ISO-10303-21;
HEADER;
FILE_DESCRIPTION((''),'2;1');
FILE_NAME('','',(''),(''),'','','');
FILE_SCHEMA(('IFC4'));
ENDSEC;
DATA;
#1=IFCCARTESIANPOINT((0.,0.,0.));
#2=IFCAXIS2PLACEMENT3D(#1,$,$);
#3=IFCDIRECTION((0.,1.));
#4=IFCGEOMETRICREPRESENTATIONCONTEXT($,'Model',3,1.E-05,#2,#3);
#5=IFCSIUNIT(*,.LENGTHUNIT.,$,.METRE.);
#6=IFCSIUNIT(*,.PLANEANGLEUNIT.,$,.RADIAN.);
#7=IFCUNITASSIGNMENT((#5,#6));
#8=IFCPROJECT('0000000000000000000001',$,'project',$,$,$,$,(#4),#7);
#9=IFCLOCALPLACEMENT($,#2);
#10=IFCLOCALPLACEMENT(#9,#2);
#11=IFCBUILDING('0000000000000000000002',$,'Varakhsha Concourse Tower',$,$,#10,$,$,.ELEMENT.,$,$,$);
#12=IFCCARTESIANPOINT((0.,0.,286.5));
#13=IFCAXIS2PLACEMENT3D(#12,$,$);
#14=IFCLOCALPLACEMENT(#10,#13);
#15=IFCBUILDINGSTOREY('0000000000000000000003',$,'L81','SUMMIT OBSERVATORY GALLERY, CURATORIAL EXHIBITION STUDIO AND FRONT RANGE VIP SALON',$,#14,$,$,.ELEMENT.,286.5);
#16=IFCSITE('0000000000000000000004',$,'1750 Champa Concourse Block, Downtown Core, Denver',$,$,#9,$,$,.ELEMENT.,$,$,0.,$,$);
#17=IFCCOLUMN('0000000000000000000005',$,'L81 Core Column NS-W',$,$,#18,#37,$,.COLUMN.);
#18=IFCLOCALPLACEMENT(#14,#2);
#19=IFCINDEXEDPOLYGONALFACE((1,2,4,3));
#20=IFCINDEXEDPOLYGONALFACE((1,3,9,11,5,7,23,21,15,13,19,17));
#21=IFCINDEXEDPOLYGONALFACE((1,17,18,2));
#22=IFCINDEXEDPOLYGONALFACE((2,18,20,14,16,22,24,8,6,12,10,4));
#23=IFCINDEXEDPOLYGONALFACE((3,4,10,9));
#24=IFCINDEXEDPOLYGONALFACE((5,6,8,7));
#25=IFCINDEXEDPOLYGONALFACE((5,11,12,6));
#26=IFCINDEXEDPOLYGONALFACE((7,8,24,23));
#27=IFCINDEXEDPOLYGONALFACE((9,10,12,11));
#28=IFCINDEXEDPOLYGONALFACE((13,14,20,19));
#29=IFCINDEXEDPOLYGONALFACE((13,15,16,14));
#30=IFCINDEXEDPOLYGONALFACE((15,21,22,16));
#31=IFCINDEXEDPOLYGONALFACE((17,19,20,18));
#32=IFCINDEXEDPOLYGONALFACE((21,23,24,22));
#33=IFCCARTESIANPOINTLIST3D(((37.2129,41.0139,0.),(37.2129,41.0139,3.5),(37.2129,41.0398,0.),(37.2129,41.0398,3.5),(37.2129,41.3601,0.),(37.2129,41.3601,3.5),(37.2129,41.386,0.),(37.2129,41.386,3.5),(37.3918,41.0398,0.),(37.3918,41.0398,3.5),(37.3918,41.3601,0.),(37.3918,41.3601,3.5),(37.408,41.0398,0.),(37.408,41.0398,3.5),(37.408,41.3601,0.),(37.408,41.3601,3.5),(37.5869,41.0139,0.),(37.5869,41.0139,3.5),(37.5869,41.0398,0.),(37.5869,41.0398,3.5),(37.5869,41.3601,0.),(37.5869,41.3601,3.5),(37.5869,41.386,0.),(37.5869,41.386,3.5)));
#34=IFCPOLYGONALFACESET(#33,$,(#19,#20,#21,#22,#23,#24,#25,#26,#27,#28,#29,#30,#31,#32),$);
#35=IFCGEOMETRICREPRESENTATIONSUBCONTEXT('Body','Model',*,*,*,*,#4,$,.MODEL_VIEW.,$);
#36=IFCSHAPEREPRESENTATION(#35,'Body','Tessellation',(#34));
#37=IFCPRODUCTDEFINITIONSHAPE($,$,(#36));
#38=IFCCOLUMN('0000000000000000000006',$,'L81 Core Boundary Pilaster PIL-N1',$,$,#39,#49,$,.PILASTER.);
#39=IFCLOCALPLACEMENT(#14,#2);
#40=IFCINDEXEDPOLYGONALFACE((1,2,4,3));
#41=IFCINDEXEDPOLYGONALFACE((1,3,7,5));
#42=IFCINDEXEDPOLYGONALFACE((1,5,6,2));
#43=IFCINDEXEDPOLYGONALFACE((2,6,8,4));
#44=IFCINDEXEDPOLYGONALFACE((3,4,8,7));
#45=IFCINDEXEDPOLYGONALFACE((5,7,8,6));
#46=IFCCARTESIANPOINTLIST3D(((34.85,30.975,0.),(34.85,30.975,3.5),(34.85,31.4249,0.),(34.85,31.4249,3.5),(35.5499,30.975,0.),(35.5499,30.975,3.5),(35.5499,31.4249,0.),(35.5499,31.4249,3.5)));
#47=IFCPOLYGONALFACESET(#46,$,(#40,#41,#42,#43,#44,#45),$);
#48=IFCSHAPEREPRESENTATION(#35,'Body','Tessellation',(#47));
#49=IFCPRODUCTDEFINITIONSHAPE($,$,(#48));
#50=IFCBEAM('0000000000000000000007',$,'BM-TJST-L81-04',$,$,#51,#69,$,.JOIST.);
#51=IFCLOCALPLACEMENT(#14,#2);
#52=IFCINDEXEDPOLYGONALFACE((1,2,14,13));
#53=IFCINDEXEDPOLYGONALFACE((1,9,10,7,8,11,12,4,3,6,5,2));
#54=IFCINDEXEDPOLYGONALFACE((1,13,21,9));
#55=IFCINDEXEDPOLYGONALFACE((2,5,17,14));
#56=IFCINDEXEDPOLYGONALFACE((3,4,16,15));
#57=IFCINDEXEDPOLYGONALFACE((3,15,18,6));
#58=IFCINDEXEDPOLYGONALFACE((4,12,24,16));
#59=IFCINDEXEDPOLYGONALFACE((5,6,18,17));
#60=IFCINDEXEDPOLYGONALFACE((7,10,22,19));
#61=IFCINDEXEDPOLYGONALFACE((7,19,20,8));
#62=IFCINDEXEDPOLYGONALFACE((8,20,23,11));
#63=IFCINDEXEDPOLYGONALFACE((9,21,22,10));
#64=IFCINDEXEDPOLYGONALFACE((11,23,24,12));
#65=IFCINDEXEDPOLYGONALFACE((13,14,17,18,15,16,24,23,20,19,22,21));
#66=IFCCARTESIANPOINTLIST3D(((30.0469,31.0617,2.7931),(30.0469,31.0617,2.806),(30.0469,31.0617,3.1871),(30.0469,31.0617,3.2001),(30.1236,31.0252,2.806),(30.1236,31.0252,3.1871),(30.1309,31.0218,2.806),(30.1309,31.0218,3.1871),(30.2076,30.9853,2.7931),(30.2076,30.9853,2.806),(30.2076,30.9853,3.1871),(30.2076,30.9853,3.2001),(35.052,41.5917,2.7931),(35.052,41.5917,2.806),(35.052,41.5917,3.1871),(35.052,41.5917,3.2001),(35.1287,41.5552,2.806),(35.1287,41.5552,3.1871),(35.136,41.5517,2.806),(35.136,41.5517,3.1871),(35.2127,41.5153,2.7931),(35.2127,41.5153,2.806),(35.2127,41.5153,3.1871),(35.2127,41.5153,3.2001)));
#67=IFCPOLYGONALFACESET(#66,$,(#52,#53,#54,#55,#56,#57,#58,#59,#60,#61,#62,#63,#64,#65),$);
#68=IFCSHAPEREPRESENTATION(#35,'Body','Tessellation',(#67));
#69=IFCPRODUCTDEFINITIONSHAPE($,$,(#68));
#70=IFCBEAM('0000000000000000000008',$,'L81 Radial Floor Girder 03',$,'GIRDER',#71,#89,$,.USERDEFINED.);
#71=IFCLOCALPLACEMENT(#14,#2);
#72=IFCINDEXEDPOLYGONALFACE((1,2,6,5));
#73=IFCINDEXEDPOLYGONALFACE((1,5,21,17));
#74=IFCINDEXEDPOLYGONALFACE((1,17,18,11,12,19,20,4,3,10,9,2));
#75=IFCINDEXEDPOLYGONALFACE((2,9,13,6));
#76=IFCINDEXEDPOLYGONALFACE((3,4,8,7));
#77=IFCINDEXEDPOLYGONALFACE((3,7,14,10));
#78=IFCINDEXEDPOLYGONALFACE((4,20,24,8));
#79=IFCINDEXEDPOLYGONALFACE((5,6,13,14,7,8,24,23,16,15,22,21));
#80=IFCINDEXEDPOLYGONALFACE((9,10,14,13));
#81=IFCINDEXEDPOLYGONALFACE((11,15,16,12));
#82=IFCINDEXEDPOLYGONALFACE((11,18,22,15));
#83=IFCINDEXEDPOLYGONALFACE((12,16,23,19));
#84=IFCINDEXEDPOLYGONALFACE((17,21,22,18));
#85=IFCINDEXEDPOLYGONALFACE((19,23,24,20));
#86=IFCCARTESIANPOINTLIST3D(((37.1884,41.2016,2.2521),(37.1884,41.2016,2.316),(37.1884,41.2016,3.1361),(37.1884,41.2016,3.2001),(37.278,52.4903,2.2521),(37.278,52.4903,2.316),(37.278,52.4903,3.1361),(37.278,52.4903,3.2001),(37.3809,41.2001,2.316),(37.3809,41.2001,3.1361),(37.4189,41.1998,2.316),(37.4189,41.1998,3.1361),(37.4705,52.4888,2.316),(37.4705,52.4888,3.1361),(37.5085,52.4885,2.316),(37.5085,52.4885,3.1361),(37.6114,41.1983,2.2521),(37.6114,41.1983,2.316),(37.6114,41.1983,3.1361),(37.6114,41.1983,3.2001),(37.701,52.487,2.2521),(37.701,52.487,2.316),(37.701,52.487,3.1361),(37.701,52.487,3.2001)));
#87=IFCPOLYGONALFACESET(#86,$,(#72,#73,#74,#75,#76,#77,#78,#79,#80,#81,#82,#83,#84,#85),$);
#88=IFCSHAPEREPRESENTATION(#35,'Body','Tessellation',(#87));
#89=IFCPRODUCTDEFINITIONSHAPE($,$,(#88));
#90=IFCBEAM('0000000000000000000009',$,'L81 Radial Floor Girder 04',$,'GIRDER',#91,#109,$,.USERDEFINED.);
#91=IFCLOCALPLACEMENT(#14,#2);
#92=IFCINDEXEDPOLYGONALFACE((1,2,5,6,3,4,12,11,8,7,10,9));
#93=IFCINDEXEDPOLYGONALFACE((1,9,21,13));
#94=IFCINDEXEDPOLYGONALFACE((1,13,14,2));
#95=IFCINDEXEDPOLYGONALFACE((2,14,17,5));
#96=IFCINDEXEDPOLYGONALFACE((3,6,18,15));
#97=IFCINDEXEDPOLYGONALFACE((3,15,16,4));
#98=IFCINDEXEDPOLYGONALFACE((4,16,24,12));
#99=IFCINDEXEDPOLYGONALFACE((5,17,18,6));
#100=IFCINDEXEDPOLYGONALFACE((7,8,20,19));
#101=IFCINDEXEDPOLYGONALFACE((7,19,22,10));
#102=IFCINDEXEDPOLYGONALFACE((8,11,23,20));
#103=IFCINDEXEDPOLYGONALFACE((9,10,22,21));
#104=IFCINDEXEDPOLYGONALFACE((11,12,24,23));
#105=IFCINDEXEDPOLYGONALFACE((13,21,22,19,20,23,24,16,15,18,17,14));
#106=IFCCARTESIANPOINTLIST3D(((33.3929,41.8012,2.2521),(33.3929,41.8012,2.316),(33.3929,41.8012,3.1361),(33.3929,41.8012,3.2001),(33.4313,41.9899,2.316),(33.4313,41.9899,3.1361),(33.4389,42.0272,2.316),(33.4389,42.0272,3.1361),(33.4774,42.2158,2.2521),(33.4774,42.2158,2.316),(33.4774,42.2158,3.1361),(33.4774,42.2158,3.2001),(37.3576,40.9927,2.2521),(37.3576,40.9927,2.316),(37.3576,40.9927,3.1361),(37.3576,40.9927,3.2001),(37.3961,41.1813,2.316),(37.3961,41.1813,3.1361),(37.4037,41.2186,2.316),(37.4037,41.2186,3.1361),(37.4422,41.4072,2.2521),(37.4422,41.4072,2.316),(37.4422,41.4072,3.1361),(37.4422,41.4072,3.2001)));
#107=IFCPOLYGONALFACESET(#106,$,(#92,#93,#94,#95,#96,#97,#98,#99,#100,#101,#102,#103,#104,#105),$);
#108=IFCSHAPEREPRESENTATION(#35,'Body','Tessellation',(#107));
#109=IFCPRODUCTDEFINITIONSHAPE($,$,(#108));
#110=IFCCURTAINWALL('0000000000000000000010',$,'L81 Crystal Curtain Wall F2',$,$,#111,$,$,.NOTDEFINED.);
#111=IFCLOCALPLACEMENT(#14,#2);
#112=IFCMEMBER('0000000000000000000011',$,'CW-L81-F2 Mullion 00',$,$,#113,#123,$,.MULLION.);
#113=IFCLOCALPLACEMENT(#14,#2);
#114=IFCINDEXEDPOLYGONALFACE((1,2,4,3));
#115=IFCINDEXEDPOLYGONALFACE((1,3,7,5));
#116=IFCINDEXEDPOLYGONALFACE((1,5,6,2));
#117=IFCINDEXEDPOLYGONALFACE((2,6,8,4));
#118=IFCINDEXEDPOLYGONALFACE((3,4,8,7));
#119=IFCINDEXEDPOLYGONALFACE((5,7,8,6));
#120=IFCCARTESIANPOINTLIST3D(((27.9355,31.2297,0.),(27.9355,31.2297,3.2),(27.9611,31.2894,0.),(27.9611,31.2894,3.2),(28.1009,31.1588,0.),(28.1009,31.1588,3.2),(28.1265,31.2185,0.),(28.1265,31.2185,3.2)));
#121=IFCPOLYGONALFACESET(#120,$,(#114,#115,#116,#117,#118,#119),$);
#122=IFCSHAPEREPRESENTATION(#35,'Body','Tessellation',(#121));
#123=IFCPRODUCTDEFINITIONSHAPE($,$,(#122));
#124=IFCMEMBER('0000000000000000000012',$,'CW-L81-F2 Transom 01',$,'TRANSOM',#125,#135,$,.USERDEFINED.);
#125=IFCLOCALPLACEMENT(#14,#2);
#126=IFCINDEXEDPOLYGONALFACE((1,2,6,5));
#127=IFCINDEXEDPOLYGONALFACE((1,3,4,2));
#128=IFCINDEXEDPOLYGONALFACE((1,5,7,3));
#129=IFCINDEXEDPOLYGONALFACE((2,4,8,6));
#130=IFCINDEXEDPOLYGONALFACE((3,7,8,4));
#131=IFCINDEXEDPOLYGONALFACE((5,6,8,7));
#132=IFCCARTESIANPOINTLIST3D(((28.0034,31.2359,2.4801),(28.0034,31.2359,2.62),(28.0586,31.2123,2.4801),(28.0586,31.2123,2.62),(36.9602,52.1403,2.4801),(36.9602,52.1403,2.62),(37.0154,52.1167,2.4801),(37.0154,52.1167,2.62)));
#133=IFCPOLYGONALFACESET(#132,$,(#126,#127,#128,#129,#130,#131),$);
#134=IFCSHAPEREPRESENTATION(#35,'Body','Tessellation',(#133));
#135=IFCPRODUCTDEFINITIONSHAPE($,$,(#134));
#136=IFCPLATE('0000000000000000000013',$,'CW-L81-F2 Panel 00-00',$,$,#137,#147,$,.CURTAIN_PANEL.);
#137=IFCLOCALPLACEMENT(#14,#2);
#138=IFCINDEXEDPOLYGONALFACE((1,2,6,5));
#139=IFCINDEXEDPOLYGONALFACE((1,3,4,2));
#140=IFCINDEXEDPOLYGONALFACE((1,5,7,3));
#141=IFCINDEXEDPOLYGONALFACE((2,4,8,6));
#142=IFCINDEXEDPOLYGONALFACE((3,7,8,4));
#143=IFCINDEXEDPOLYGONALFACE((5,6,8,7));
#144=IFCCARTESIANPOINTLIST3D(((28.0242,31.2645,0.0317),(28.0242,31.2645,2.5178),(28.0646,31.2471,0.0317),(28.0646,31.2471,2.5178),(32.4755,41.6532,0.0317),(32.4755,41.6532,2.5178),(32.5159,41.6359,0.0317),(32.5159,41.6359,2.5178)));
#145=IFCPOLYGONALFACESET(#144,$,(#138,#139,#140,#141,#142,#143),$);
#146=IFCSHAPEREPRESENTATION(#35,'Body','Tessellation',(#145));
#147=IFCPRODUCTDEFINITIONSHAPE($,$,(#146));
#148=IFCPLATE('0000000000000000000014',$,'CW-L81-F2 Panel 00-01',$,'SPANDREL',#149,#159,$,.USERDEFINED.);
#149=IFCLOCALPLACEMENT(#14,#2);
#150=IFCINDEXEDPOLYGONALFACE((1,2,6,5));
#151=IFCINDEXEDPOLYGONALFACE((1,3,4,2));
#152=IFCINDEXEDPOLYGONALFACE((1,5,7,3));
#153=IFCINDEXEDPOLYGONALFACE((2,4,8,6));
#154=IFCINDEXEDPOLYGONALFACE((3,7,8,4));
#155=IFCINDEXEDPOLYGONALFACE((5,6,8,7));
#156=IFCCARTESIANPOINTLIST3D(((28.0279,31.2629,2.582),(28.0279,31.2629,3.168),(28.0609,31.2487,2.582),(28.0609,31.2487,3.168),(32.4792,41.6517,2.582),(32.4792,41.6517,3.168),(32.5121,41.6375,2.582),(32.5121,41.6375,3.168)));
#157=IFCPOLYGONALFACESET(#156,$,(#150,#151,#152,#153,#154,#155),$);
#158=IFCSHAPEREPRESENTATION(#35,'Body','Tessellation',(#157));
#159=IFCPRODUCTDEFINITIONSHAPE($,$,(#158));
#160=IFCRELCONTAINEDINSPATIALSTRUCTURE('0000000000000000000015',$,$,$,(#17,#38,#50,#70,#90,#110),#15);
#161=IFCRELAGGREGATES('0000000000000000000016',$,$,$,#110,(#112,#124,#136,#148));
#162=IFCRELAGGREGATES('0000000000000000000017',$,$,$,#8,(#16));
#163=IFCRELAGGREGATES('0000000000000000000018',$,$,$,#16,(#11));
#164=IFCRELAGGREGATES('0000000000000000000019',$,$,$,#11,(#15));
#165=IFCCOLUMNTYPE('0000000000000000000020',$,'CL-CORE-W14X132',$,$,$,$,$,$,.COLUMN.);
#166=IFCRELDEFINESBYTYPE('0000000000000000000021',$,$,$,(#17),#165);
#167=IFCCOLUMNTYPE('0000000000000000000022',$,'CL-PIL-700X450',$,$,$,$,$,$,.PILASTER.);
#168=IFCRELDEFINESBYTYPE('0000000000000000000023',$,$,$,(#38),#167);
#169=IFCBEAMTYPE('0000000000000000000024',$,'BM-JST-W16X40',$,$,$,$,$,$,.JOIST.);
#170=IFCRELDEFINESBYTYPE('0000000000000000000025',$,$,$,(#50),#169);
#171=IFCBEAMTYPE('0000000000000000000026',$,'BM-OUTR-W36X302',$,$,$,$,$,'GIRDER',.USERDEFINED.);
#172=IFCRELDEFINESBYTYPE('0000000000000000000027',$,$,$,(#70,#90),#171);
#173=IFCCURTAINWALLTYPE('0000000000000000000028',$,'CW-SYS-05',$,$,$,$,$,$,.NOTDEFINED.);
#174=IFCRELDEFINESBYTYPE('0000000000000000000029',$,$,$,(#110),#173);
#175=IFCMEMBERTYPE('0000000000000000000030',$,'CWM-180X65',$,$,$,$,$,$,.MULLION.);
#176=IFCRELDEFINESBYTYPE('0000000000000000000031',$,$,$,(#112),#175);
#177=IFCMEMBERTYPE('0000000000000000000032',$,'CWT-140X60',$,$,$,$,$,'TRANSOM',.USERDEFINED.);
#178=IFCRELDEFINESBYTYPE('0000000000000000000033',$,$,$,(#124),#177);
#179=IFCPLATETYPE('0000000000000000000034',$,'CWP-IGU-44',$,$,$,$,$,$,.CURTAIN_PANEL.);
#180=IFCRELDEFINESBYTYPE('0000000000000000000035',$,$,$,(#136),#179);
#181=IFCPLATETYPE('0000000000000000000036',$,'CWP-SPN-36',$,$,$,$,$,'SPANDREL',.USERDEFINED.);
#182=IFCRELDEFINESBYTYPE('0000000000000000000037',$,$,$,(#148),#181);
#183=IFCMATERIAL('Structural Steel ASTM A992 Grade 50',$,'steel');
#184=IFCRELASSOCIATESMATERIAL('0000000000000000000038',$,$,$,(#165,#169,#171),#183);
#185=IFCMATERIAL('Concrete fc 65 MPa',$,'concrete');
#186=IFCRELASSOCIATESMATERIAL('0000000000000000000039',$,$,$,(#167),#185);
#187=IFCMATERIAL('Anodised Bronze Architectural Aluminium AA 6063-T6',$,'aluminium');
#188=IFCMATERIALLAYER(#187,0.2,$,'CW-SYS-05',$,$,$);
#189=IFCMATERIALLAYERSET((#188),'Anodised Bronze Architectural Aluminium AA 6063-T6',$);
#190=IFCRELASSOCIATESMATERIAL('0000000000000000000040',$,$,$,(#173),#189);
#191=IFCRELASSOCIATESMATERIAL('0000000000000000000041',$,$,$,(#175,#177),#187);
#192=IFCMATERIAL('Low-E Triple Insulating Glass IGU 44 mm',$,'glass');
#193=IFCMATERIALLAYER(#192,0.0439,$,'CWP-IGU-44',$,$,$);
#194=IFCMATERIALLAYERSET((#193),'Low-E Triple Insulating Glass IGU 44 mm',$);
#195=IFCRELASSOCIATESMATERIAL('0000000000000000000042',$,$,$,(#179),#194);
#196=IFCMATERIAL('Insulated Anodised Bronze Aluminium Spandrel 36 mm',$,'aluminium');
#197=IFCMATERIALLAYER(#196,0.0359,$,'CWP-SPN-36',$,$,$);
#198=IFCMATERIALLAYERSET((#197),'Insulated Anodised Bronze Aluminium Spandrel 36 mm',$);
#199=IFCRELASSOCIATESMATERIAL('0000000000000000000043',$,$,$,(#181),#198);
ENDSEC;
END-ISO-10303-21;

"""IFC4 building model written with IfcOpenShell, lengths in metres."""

from ifc_helpers import new_model, si_unit, direction, frame, origin, origin_2d, place, context, subcontext, project, spatial, rectangle, i_section, extrude, source, transform, mapped, material, layer, layer_set, material_profile, profile_set, type_object, type_shapes, element, aggregate, save


model = new_model("IFC4")

# Units and contexts
model_context = context("Model", 3, precision=1e-05, world=origin(), true_north=direction((0.0, 1.0)))
body_context = subcontext(model_context, "Body", "Model", "MODEL_VIEW")
ifc_project = project(units=[si_unit("LENGTHUNIT", "METRE"), si_unit("PLANEANGLEUNIT", "RADIAN")], contexts=[model_context])

# Site, building, storey
site_placement = place(None, origin())
site = spatial("IfcSite", under=ifc_project, at=site_placement, Name="1750 Champa Concourse Block, Downtown Core, Denver", CompositionType="ELEMENT", RefElevation=0.0)
building_placement = place(site_placement, origin())
building = spatial("IfcBuilding", under=site, at=building_placement, Name="Varakhsha Concourse Tower", CompositionType="ELEMENT")
storey_placement = place(building_placement, frame((0.0, 0.0, 286.5)))
storey = spatial("IfcBuildingStorey", under=building, at=storey_placement, Name="L81", Description="SUMMIT OBSERVATORY GALLERY, CURATORIAL EXHIBITION STUDIO AND FRONT RANGE VIP SALON", CompositionType="ELEMENT", Elevation=286.5)

# Columns
ifc_material_1 = material(Name="Structural Steel ASTM A992 Grade 50", Category="steel")
ifc_material_profile_1 = material_profile(ifc_material_1, i_section(OverallWidth=0.374, OverallDepth=0.3721, WebThickness=0.0161, FlangeThickness=0.0259, at=origin_2d()), Name="W14X132")
ifc_profile_set_1 = profile_set([ifc_material_profile_1], Name="Structural Steel ASTM A992 Grade 50")
column_type_1 = type_object("IfcColumnType", Name="CL-CORE-W14X132", PredefinedType="COLUMN", material=ifc_profile_set_1)
column_1_placement = place(storey_placement, frame((37.3999, 41.2, 0.0), z_axis=(0.0, 0.0, 1.0), x_axis=(1.0, 0.0, 0.0)))
element("IfcColumn", 1, at=column_1_placement, inside=storey, type_object=column_type_1, Name="L81 Core Column NS-W", PredefinedType="COLUMN", context=body_context, shape_type="SweptSolid", body=[
    extrude(i_section(OverallWidth=0.374, OverallDepth=0.3721, WebThickness=0.0161, FlangeThickness=0.0259, at=origin_2d()), origin(), (0.0, 0.0, 1.0), 3.5),
])
ifc_material_2 = material(Name="Concrete fc 65 MPa", Category="concrete")
ifc_material_profile_2 = material_profile(ifc_material_2, rectangle(XDim=0.7, YDim=0.45, at=origin_2d()), Name="RC 700x450")
ifc_profile_set_2 = profile_set([ifc_material_profile_2], Name="Concrete fc 65 MPa")
column_type_2 = type_object("IfcColumnType", Name="CL-PIL-700X450", PredefinedType="PILASTER", material=ifc_profile_set_2)
column_2_placement = place(storey_placement, frame((35.2, 31.2, 0.0), z_axis=(0.0, 0.0, 1.0), x_axis=(1.0, 0.0, 0.0)))
element("IfcColumn", 2, at=column_2_placement, inside=storey, type_object=column_type_2, Name="L81 Core Boundary Pilaster PIL-N1", PredefinedType="PILASTER", context=body_context, shape_type="SweptSolid", body=[
    extrude(rectangle(XDim=0.7, YDim=0.45, at=origin_2d()), origin(), (0.0, 0.0, 1.0), 3.5),
])

# Beams
ifc_material_profile_3 = material_profile(ifc_material_1, i_section(OverallWidth=0.178, OverallDepth=0.407, WebThickness=0.0081, FlangeThickness=0.0129, at=origin_2d()), Name="W16X40")
ifc_profile_set_3 = profile_set([ifc_material_profile_3], Name="Structural Steel ASTM A992 Grade 50")
beam_type_1 = type_object("IfcBeamType", Name="BM-JST-W16X40", PredefinedType="JOIST", material=ifc_profile_set_3)
beam_1_placement = place(storey_placement, frame((35.1323, 41.5535, 2.9966), z_axis=(-0.429292, -0.903166, 0.0), x_axis=(0.903166, -0.429292, 0.0)))
element("IfcBeam", 3, at=beam_1_placement, inside=storey, type_object=beam_type_1, Name="BM-TJST-L81-04", PredefinedType="JOIST", context=body_context, shape_type="SweptSolid", body=[
    extrude(i_section(OverallWidth=0.178, OverallDepth=0.407, WebThickness=0.0081, FlangeThickness=0.0129, at=origin_2d()), origin(), (0.0, 0.0, 1.0), 11.6589),
])
ifc_material_profile_4 = material_profile(ifc_material_1, i_section(OverallWidth=0.4231, OverallDepth=0.948, WebThickness=0.0381, FlangeThickness=0.064, at=origin_2d()), Name="W36X302")
ifc_profile_set_4 = profile_set([ifc_material_profile_4], Name="Structural Steel ASTM A992 Grade 50")
beam_type_2 = type_object("IfcBeamType", Name="BM-OUTR-W36X302", ElementType="GIRDER", PredefinedType="USERDEFINED", material=ifc_profile_set_4)
beam_2_placement = place(storey_placement, frame((37.3999, 41.2, 2.7261), z_axis=(0.007937, 0.999969, 0.0), x_axis=(-0.999969, 0.007937, 0.0)))
element("IfcBeam", 4, at=beam_2_placement, inside=storey, type_object=beam_type_2, Name="L81 Radial Floor Girder 03", ObjectType="GIRDER", PredefinedType="USERDEFINED", context=body_context, shape_type="SweptSolid", body=[
    extrude(i_section(OverallWidth=0.4231, OverallDepth=0.948, WebThickness=0.0381, FlangeThickness=0.064, at=origin_2d()), origin(), (0.0, 0.0, 1.0), 11.2891),
])
beam_3_placement = place(storey_placement, frame((37.3999, 41.2, 2.7261), z_axis=(-0.979831, 0.199828, 0.0), x_axis=(-0.199828, -0.979831, 0.0)))
element("IfcBeam", 5, at=beam_3_placement, inside=storey, type_object=beam_type_2, Name="L81 Radial Floor Girder 04", ObjectType="GIRDER", PredefinedType="USERDEFINED", context=body_context, shape_type="SweptSolid", body=[
    extrude(i_section(OverallWidth=0.4231, OverallDepth=0.948, WebThickness=0.0381, FlangeThickness=0.064, at=origin_2d()), origin(), (0.0, 0.0, 1.0), 4.0464),
])

# Curtain wall, members, plates
ifc_material_3 = material(Name="Anodised Bronze Architectural Aluminium AA 6063-T6", Category="aluminium")
ifc_layer_1 = layer(ifc_material_3, 0.2, Name="CW-SYS-05")
ifc_layer_set_1 = layer_set([ifc_layer_1], Name="Anodised Bronze Architectural Aluminium AA 6063-T6")
curtain_wall_type = type_object("IfcCurtainWallType", Name="CW-SYS-05", PredefinedType="NOTDEFINED", material=ifc_layer_set_1)
curtain_wall_placement = place(storey_placement, origin())
curtain_wall = element("IfcCurtainWall", 6, at=curtain_wall_placement, inside=storey, type_object=curtain_wall_type, Name="L81 Crystal Curtain Wall F2", PredefinedType="NOTDEFINED")
ifc_material_profile_5 = material_profile(ifc_material_3, rectangle(XDim=0.0649, YDim=0.1799, at=origin_2d()), Name="CWM-180X65")
ifc_profile_set_5 = profile_set([ifc_material_profile_5], Name="Anodised Bronze Architectural Aluminium AA 6063-T6")
member_type_1 = type_object("IfcMemberType", Name="CWM-180X65", PredefinedType="MULLION", material=ifc_profile_set_5)
shared_shape_1 = source(origin(), body_context, "Body", "SweptSolid", [
    extrude(rectangle(XDim=0.0649, YDim=0.1799, at=origin_2d()), origin(), (0.0, 0.0, 1.0), 3.2),
])
type_shapes(member_type_1, [shared_shape_1])
member_1_placement = place(storey_placement, frame((28.031, 31.2241, 0.0), z_axis=(0.0, 0.0, 1.0), x_axis=(0.393839, 0.919179, 0.0)))
member_1 = element("IfcMember", 7, at=member_1_placement, type_object=member_type_1, Name="CW-L81-F2 Mullion 00", PredefinedType="MULLION", context=body_context, shape_type="MappedRepresentation", body=[
    mapped(shared_shape_1, transform((0.0, 0.0, 0.0), scale=1.0)),
])
ifc_material_profile_6 = material_profile(ifc_material_3, rectangle(XDim=0.0601, YDim=0.1399, at=origin_2d()), Name="CWT-140X60")
ifc_profile_set_6 = profile_set([ifc_material_profile_6], Name="Anodised Bronze Architectural Aluminium AA 6063-T6")
member_type_2 = type_object("IfcMemberType", Name="CWT-140X60", ElementType="TRANSOM", PredefinedType="USERDEFINED", material=ifc_profile_set_6)
shared_shape_2 = source(origin(), body_context, "Body", "SweptSolid", [
    extrude(rectangle(XDim=0.0601, YDim=0.1399, at=origin_2d()), origin(), (0.0, 0.0, 1.0), 22.7424),
])
type_shapes(member_type_2, [shared_shape_2])
member_2_placement = place(storey_placement, frame((28.031, 31.2241, 2.55), z_axis=(0.393838, 0.91918, 0.0), x_axis=(-0.91918, 0.393838, 0.0)))
member_2 = element("IfcMember", 8, at=member_2_placement, type_object=member_type_2, Name="CW-L81-F2 Transom 01", ObjectType="TRANSOM", PredefinedType="USERDEFINED", context=body_context, shape_type="MappedRepresentation", body=[
    mapped(shared_shape_2, transform((0.0, 0.0, 0.0), scale=1.0)),
])
ifc_material_4 = material(Name="Low-E Triple Insulating Glass IGU 44 mm", Category="glass")
ifc_layer_2 = layer(ifc_material_4, 0.0439, Name="CWP-IGU-44")
ifc_layer_set_2 = layer_set([ifc_layer_2], Name="Low-E Triple Insulating Glass IGU 44 mm")
plate_type_1 = type_object("IfcPlateType", Name="CWP-IGU-44", PredefinedType="CURTAIN_PANEL", material=ifc_layer_set_2)
shared_shape_3 = source(origin(), body_context, "Body", "SweptSolid", [
    extrude(rectangle(XDim=11.3022, YDim=0.0439, at=origin_2d()), origin(), (0.0, 0.0, 1.0), 2.4861),
])
type_shapes(plate_type_1, [shared_shape_3])
plate_1_placement = place(storey_placement, frame((30.27, 36.4502, 0.0317), z_axis=(0.0, 0.0, 1.0), x_axis=(0.393839, 0.919179, 0.0)))
plate_1 = element("IfcPlate", 9, at=plate_1_placement, type_object=plate_type_1, Name="CW-L81-F2 Panel 00-00", PredefinedType="CURTAIN_PANEL", context=body_context, shape_type="MappedRepresentation", body=[
    mapped(shared_shape_3, transform((0.0, 0.0, 0.0), scale=1.0)),
])
ifc_material_5 = material(Name="Insulated Anodised Bronze Aluminium Spandrel 36 mm", Category="aluminium")
ifc_layer_3 = layer(ifc_material_5, 0.0359, Name="CWP-SPN-36")
ifc_layer_set_3 = layer_set([ifc_layer_3], Name="Insulated Anodised Bronze Aluminium Spandrel 36 mm")
plate_type_2 = type_object("IfcPlateType", Name="CWP-SPN-36", ElementType="SPANDREL", PredefinedType="USERDEFINED", material=ifc_layer_set_3)
shared_shape_4 = source(origin(), body_context, "Body", "SweptSolid", [
    extrude(rectangle(XDim=11.3022, YDim=0.0359, at=origin_2d()), origin(), (0.0, 0.0, 1.0), 0.5859),
])
type_shapes(plate_type_2, [shared_shape_4])
plate_2_placement = place(storey_placement, frame((30.27, 36.4502, 2.582), z_axis=(0.0, 0.0, 1.0), x_axis=(0.393839, 0.919179, 0.0)))
plate_2 = element("IfcPlate", 10, at=plate_2_placement, type_object=plate_type_2, Name="CW-L81-F2 Panel 00-01", ObjectType="SPANDREL", PredefinedType="USERDEFINED", context=body_context, shape_type="MappedRepresentation", body=[
    mapped(shared_shape_4, transform((0.0, 0.0, 0.0), scale=1.0)),
])
aggregate(curtain_wall, [member_1, member_2, plate_1, plate_2])

save(model, "model.ifc")
